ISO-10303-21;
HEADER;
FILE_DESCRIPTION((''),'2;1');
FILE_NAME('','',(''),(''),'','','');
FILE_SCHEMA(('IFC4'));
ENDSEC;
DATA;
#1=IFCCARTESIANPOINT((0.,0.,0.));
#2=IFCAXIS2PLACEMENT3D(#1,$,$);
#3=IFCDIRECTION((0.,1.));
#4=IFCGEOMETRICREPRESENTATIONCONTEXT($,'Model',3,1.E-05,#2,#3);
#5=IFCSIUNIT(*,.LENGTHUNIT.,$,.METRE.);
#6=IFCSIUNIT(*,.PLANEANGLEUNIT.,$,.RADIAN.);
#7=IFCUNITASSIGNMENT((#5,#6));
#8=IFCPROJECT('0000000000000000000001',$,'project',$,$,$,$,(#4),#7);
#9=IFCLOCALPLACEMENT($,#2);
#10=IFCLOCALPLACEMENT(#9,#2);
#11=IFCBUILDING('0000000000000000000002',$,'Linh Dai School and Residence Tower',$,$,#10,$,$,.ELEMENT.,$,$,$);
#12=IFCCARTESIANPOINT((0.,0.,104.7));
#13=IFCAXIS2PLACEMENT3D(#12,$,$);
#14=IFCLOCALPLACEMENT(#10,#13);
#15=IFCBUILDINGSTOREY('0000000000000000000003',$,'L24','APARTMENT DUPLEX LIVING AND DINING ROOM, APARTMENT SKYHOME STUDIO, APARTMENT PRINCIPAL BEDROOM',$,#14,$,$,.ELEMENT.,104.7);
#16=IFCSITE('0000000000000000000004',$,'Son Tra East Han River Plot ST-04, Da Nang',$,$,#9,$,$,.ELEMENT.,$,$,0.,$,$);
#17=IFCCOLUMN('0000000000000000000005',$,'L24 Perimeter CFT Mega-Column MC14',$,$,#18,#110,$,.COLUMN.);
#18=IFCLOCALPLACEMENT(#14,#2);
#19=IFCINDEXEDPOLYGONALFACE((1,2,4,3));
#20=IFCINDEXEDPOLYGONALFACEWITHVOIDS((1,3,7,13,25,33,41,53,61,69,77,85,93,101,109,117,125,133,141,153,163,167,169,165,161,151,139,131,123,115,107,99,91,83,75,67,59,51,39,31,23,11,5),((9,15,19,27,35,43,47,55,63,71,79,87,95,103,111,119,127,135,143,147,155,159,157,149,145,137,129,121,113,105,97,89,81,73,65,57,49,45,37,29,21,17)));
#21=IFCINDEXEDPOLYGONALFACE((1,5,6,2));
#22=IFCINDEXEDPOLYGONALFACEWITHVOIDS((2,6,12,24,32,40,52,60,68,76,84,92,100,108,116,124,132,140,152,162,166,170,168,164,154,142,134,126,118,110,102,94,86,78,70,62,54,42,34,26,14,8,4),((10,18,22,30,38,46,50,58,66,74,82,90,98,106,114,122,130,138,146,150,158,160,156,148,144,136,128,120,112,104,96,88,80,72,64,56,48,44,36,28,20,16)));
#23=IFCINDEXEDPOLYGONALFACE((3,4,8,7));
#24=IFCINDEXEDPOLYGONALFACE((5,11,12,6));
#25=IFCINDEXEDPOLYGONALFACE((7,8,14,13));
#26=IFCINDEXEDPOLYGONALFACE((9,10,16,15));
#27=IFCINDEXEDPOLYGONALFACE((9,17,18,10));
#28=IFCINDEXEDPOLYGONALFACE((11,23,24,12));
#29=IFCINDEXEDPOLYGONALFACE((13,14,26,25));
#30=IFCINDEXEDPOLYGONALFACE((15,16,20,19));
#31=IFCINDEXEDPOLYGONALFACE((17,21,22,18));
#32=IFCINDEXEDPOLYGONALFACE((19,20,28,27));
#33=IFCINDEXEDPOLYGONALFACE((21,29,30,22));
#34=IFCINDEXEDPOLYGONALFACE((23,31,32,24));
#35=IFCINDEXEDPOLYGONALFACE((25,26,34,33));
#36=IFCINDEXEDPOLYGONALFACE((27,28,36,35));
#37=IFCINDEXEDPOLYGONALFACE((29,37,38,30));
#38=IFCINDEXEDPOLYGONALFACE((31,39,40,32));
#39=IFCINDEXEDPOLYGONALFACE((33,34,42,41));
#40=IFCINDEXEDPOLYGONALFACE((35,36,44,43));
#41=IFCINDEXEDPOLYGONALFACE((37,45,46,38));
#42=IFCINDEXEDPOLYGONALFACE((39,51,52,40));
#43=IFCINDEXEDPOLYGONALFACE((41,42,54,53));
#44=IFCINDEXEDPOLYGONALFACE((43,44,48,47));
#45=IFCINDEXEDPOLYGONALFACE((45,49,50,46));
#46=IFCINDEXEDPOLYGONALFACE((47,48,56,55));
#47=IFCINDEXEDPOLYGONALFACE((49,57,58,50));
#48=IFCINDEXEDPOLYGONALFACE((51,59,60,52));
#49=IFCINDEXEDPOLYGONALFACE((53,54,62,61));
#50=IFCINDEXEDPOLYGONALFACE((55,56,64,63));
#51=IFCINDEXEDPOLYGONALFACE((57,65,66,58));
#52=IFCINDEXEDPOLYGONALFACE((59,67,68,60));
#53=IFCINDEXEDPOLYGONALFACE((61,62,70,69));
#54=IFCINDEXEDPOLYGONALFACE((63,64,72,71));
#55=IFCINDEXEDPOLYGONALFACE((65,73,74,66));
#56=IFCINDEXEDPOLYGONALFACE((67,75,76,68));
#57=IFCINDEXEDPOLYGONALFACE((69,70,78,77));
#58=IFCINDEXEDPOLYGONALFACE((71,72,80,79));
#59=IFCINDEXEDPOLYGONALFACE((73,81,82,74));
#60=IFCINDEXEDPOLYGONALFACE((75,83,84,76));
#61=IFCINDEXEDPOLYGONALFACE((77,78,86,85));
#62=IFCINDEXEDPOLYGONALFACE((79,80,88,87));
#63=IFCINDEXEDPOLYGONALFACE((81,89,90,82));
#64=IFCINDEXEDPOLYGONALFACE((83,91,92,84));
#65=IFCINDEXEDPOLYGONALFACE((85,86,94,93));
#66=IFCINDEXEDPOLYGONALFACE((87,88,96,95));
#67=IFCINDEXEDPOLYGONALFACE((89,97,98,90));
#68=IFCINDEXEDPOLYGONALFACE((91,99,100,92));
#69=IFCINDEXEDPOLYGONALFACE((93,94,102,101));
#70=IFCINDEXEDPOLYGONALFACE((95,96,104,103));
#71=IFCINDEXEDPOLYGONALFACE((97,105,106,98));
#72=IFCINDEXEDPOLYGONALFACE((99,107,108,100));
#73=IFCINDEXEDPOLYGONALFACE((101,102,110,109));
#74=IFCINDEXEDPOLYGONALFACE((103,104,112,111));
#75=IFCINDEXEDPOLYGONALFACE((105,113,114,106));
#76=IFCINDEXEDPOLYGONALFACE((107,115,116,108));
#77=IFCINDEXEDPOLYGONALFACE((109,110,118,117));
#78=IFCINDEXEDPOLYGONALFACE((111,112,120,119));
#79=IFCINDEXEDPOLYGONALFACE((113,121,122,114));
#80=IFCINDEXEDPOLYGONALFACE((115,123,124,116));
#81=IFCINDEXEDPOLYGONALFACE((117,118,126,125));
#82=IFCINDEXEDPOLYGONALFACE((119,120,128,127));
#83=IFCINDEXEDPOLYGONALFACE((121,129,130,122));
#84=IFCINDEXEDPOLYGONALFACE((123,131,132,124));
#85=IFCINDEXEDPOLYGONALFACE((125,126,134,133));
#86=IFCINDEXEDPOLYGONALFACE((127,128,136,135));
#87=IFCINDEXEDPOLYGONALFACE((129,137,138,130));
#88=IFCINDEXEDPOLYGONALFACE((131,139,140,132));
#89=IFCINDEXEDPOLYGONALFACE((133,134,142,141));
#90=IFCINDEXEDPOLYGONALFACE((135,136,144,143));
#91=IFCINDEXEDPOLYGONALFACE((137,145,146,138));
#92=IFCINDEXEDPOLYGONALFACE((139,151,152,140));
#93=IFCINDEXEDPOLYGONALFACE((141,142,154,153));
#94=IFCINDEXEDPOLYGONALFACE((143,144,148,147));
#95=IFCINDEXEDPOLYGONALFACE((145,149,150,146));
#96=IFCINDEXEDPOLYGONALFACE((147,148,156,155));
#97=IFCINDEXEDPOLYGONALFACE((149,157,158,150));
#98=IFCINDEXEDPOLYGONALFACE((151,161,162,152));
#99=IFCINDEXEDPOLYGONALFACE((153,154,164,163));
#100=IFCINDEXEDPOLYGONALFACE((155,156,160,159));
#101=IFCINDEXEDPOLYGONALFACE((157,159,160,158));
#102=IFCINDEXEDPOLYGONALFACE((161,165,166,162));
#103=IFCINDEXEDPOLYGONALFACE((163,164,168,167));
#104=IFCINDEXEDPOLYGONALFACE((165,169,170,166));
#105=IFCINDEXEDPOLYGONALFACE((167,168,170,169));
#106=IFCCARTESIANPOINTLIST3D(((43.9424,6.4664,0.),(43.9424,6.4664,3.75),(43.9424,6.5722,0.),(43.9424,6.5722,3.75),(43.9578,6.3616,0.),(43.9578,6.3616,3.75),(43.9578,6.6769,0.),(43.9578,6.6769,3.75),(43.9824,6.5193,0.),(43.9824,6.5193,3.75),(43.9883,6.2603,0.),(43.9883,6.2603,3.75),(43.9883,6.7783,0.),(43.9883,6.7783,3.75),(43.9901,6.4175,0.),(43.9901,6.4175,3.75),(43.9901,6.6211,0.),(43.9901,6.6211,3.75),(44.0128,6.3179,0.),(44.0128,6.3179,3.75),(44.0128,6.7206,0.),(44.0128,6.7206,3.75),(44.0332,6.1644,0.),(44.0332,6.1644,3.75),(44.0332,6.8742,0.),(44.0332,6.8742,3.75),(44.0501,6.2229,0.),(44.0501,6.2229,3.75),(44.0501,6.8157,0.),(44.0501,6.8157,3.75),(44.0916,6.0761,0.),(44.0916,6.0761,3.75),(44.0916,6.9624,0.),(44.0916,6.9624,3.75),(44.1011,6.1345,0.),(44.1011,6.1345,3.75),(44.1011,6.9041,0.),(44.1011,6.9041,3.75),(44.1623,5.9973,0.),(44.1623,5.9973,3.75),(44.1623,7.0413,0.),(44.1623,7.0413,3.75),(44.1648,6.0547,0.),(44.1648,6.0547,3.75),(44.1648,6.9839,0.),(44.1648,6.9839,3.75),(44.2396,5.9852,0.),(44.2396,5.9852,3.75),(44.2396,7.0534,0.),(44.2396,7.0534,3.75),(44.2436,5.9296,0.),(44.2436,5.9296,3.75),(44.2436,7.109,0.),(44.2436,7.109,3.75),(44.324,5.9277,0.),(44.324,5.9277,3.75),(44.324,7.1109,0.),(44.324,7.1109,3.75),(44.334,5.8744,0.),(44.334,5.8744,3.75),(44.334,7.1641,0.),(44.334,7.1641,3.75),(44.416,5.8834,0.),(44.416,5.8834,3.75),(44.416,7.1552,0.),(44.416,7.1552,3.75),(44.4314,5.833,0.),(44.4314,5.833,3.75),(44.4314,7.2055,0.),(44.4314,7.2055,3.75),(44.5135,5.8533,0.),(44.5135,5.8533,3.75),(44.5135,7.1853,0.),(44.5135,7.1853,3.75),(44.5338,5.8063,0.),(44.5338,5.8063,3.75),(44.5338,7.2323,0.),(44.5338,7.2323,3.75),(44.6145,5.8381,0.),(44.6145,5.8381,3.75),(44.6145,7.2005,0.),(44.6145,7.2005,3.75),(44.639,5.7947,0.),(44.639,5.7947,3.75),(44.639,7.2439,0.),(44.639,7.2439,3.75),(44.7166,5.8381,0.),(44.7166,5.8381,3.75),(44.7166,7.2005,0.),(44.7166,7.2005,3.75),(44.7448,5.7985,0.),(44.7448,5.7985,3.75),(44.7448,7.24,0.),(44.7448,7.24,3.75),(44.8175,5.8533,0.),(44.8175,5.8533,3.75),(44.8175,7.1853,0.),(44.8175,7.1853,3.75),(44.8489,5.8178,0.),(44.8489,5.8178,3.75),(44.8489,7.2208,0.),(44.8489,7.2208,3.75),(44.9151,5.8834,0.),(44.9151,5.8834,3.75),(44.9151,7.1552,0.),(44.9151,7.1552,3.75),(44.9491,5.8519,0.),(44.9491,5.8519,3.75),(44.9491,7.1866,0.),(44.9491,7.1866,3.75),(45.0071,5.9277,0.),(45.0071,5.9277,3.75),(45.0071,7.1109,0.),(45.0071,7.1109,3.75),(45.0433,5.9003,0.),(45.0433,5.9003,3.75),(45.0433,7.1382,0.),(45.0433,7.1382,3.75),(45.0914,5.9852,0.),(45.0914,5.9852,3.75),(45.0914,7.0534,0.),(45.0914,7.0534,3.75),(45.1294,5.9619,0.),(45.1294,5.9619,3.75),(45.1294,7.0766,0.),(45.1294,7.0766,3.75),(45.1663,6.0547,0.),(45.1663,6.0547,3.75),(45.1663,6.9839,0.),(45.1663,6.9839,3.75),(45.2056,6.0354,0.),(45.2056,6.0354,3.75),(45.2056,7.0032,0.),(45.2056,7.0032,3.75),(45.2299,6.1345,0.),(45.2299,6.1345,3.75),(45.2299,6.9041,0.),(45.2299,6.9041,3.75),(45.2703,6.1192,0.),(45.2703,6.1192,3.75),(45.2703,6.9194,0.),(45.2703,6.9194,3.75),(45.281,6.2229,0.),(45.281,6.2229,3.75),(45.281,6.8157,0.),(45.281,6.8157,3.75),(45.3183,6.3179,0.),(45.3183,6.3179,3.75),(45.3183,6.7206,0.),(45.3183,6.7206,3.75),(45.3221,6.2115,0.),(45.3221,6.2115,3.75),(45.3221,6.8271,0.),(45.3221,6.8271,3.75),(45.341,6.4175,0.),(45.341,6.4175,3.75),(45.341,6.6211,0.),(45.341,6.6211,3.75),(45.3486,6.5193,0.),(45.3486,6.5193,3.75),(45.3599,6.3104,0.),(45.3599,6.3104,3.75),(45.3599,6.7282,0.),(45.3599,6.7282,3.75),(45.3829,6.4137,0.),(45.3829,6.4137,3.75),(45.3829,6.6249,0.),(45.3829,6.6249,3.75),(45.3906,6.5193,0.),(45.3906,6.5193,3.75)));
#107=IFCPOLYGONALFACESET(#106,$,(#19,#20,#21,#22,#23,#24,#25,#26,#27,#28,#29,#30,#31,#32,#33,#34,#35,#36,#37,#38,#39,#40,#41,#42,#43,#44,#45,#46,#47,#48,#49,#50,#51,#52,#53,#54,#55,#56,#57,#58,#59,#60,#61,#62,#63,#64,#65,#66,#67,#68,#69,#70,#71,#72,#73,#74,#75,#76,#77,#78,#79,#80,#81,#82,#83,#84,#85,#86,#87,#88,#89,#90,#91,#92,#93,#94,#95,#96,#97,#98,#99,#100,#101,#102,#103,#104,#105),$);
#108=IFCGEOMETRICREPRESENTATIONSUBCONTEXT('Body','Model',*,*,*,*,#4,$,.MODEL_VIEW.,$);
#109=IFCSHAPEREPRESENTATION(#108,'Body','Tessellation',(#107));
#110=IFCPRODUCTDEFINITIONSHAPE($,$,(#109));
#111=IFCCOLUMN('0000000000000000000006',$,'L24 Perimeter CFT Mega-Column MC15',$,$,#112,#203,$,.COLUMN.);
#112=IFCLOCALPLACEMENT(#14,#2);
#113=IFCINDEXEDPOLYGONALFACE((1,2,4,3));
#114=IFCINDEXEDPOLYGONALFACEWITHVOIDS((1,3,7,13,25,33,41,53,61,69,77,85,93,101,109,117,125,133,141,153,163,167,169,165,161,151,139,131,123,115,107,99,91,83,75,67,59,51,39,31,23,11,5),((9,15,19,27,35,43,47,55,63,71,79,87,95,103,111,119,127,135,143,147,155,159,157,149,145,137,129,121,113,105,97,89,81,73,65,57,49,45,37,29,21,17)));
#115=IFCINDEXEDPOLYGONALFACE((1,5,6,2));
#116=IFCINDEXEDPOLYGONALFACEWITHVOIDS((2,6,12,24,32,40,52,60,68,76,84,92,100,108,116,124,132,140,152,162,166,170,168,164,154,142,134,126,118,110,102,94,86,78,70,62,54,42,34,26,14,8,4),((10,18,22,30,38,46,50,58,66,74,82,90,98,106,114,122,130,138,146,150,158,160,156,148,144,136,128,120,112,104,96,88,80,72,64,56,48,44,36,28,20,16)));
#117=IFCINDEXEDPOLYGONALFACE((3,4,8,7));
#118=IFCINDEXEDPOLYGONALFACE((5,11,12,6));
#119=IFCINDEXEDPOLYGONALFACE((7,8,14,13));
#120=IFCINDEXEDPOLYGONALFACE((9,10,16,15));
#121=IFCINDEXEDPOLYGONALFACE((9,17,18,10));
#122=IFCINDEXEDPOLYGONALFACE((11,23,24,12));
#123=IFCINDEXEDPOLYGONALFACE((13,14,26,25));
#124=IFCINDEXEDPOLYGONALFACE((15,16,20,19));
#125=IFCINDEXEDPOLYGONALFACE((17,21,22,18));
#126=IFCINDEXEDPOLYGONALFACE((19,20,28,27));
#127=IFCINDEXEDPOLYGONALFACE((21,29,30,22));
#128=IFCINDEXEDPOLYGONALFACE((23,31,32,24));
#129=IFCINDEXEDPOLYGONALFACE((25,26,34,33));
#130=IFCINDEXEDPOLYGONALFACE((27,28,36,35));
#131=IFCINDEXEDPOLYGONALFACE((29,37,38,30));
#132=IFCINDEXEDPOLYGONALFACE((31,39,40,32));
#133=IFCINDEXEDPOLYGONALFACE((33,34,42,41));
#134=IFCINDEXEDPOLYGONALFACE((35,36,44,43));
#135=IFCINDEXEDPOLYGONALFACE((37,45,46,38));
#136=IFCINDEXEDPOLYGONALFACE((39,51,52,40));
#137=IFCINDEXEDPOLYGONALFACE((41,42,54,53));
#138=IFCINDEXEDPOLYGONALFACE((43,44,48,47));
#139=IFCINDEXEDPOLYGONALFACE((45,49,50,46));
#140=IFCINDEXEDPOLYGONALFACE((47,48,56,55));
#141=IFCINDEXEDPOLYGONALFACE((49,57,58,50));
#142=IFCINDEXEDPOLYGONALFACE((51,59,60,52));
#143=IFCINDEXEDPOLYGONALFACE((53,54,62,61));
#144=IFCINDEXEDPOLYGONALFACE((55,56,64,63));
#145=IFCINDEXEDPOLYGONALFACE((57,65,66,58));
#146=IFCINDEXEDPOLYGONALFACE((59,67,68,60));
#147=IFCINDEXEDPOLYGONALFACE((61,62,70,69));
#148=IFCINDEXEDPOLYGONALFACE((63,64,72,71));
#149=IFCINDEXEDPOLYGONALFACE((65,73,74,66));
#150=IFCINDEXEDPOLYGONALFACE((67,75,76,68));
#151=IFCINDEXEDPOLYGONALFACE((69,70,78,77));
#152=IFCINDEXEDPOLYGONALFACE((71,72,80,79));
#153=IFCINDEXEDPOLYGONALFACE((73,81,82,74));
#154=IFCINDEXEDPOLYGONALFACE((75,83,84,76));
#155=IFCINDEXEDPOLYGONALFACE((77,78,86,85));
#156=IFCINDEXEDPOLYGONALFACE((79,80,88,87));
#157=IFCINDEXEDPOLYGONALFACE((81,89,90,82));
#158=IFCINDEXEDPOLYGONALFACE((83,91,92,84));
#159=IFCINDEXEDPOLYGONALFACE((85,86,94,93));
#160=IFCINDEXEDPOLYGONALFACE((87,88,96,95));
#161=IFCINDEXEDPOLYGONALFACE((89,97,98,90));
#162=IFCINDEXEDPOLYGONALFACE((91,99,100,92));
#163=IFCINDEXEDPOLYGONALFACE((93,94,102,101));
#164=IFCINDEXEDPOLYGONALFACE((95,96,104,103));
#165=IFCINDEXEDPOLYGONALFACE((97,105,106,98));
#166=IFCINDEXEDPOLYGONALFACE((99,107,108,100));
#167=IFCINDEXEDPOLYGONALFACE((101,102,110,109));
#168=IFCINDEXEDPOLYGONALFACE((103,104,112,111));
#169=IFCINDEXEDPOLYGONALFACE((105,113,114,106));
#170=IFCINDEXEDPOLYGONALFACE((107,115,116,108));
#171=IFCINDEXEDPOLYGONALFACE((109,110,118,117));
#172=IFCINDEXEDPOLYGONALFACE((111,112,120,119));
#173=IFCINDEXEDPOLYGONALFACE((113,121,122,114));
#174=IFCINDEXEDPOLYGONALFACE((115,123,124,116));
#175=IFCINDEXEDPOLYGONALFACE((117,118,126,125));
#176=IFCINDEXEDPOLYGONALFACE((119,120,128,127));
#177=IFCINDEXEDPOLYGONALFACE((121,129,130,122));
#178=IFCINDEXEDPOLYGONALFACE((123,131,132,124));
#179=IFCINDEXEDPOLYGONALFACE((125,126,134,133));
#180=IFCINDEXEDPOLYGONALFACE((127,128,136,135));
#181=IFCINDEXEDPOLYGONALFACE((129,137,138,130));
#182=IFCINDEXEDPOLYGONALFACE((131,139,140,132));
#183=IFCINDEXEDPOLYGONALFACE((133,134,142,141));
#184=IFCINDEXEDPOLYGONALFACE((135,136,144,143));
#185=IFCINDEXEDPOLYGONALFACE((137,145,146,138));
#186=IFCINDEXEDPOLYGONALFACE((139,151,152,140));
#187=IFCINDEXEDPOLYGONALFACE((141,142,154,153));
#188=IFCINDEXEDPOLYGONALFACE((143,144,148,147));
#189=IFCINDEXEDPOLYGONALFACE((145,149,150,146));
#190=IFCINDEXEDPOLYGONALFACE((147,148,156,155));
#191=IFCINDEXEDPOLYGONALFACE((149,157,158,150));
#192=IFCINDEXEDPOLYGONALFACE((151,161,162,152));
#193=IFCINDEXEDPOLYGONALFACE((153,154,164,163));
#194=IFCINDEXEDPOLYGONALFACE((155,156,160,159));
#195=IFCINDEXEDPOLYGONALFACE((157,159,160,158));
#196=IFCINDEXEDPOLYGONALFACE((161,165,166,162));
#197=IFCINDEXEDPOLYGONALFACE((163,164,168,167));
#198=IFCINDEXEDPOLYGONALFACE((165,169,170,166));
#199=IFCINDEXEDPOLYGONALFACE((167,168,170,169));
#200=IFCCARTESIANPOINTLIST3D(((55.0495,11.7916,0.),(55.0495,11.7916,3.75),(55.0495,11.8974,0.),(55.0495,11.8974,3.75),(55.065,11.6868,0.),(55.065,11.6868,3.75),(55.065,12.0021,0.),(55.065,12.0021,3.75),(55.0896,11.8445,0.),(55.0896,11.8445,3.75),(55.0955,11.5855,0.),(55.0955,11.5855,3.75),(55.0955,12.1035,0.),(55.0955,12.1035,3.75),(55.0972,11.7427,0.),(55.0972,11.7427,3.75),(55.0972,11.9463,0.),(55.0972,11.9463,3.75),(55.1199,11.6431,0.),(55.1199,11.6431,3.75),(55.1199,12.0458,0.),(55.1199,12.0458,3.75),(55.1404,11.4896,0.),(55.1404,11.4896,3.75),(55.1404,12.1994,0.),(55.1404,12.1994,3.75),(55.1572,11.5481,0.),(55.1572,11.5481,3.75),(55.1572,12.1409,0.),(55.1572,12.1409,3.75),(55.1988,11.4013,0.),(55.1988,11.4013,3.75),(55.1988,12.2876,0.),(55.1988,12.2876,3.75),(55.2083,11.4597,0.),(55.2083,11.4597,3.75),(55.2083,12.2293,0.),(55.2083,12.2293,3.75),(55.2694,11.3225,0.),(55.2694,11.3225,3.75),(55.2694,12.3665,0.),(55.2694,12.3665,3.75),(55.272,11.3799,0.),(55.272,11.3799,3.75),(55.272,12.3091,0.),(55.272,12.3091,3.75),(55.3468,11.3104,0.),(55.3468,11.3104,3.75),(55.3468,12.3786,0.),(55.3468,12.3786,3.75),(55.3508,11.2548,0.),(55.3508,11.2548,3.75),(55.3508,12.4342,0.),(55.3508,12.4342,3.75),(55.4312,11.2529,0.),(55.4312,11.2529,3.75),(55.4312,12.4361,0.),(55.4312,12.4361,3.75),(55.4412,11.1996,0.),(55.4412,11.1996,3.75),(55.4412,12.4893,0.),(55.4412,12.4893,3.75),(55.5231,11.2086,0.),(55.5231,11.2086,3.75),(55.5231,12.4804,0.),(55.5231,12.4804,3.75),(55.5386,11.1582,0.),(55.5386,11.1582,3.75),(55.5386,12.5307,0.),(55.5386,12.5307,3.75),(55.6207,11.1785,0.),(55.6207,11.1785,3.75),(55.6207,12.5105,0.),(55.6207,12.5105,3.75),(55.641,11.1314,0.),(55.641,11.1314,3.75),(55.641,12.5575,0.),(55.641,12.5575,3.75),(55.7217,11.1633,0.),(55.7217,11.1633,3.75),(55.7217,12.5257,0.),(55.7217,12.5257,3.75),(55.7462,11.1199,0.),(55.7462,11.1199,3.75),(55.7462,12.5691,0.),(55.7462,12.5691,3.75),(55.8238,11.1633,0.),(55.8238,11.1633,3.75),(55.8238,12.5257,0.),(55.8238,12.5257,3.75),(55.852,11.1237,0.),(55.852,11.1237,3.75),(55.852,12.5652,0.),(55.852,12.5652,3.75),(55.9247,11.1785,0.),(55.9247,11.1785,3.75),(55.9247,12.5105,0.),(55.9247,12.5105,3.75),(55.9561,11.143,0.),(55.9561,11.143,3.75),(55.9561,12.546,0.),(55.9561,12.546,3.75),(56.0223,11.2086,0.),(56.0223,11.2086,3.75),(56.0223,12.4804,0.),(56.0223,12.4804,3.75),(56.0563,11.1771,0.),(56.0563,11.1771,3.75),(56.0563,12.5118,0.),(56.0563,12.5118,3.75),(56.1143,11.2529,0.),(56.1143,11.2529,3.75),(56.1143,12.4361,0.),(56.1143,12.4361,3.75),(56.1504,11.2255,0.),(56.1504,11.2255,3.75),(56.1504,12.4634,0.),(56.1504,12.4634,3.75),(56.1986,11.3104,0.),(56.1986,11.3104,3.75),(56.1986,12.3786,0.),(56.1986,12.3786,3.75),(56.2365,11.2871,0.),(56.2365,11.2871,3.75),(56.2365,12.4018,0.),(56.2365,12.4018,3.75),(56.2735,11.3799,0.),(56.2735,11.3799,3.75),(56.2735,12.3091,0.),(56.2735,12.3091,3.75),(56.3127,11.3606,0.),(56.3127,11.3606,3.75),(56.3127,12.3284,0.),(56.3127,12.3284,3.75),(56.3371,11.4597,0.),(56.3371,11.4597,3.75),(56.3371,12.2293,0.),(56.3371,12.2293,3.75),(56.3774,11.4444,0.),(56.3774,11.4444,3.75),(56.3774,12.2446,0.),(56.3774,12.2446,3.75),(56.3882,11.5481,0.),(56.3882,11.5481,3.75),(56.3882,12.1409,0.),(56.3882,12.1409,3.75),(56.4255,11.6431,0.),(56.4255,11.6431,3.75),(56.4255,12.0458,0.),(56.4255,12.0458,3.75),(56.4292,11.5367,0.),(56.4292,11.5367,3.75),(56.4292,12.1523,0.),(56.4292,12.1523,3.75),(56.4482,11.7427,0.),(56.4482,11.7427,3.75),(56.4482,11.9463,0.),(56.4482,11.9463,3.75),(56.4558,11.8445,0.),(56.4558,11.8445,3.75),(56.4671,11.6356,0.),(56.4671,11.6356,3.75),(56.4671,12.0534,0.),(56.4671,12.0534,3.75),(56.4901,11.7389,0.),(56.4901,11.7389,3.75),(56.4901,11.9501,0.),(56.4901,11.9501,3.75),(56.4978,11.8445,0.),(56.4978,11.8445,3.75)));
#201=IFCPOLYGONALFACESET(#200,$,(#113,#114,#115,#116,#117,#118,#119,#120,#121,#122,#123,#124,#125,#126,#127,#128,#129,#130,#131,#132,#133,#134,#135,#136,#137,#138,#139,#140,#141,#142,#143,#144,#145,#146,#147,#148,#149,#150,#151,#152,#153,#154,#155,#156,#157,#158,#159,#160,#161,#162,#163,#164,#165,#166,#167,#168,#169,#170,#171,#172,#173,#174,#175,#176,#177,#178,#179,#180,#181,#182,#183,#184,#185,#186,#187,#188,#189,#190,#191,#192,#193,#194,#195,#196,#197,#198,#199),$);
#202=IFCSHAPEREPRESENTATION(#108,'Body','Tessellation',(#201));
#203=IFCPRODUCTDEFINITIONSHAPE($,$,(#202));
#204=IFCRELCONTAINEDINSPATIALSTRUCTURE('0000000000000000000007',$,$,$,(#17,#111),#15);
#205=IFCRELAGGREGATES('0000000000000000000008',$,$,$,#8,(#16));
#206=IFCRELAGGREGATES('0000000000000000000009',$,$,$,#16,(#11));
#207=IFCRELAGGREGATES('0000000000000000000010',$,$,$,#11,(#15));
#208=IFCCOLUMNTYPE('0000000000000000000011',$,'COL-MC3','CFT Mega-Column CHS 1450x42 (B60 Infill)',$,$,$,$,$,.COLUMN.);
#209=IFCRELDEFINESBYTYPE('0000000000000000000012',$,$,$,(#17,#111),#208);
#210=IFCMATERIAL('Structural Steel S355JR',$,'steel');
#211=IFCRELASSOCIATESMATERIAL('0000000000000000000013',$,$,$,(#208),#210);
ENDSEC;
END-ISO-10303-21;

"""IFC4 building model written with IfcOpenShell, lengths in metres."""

from ifc_helpers import new_model, si_unit, direction, frame, origin, origin_2d, place, context, subcontext, project, spatial, hollow_circle, extrude, material, material_profile, profile_set, type_object, element, save


model = new_model("IFC4")

# Units and contexts
model_context = context("Model", 3, precision=1e-05, world=origin(), true_north=direction((0.0, 1.0)))
body_context = subcontext(model_context, "Body", "Model", "MODEL_VIEW")
ifc_project = project(units=[si_unit("LENGTHUNIT", "METRE"), si_unit("PLANEANGLEUNIT", "RADIAN")], contexts=[model_context])

# Site, building, storey
site_placement = place(None, origin())
site = spatial("IfcSite", under=ifc_project, at=site_placement, Name="Son Tra East Han River Plot ST-04, Da Nang", CompositionType="ELEMENT", RefElevation=0.0)
building_placement = place(site_placement, origin())
building = spatial("IfcBuilding", under=site, at=building_placement, Name="Linh Dai School and Residence Tower", CompositionType="ELEMENT")
storey_placement = place(building_placement, frame((0.0, 0.0, 104.7)))
storey = spatial("IfcBuildingStorey", under=building, at=storey_placement, Name="L24", Description="APARTMENT DUPLEX LIVING AND DINING ROOM, APARTMENT SKYHOME STUDIO, APARTMENT PRINCIPAL BEDROOM", CompositionType="ELEMENT", Elevation=104.7)

# Columns
ifc_material_1 = material(Name="Structural Steel S355JR", Category="steel")
ifc_material_profile_1 = material_profile(ifc_material_1, hollow_circle(Radius=0.7251, WallThickness=0.042, at=origin_2d()), Name="CHS 1450x42")
ifc_profile_set_1 = profile_set([ifc_material_profile_1], Name="Structural Steel S355JR")
column_type = type_object("IfcColumnType", Name="COL-MC3", Description="CFT Mega-Column CHS 1450x42 (B60 Infill)", PredefinedType="COLUMN", material=ifc_profile_set_1)
for number, where, z_axis, x_axis, name in (
    (1, (44.6655, 6.5193, 0.0), (0.0, 0.0, 1.0), (1.0, 0.0, 0.0), "L24 Perimeter CFT Mega-Column MC14"),
    (2, (55.7727, 11.8445, 0.0), (0.0, 0.0, 1.0), (1.0, 0.0, 0.0), "L24 Perimeter CFT Mega-Column MC15"),
):
    element("IfcColumn", number, at=place(storey_placement, frame(where, z_axis=z_axis, x_axis=x_axis)), inside=storey, type_object=column_type, Name=name, PredefinedType="COLUMN", context=body_context, shape_type="SweptSolid", body=[
        extrude(hollow_circle(Radius=0.7251, WallThickness=0.042, at=origin_2d()), origin(), (0.0, 0.0, 1.0), 3.75),
    ])

save(model, "model.ifc")
